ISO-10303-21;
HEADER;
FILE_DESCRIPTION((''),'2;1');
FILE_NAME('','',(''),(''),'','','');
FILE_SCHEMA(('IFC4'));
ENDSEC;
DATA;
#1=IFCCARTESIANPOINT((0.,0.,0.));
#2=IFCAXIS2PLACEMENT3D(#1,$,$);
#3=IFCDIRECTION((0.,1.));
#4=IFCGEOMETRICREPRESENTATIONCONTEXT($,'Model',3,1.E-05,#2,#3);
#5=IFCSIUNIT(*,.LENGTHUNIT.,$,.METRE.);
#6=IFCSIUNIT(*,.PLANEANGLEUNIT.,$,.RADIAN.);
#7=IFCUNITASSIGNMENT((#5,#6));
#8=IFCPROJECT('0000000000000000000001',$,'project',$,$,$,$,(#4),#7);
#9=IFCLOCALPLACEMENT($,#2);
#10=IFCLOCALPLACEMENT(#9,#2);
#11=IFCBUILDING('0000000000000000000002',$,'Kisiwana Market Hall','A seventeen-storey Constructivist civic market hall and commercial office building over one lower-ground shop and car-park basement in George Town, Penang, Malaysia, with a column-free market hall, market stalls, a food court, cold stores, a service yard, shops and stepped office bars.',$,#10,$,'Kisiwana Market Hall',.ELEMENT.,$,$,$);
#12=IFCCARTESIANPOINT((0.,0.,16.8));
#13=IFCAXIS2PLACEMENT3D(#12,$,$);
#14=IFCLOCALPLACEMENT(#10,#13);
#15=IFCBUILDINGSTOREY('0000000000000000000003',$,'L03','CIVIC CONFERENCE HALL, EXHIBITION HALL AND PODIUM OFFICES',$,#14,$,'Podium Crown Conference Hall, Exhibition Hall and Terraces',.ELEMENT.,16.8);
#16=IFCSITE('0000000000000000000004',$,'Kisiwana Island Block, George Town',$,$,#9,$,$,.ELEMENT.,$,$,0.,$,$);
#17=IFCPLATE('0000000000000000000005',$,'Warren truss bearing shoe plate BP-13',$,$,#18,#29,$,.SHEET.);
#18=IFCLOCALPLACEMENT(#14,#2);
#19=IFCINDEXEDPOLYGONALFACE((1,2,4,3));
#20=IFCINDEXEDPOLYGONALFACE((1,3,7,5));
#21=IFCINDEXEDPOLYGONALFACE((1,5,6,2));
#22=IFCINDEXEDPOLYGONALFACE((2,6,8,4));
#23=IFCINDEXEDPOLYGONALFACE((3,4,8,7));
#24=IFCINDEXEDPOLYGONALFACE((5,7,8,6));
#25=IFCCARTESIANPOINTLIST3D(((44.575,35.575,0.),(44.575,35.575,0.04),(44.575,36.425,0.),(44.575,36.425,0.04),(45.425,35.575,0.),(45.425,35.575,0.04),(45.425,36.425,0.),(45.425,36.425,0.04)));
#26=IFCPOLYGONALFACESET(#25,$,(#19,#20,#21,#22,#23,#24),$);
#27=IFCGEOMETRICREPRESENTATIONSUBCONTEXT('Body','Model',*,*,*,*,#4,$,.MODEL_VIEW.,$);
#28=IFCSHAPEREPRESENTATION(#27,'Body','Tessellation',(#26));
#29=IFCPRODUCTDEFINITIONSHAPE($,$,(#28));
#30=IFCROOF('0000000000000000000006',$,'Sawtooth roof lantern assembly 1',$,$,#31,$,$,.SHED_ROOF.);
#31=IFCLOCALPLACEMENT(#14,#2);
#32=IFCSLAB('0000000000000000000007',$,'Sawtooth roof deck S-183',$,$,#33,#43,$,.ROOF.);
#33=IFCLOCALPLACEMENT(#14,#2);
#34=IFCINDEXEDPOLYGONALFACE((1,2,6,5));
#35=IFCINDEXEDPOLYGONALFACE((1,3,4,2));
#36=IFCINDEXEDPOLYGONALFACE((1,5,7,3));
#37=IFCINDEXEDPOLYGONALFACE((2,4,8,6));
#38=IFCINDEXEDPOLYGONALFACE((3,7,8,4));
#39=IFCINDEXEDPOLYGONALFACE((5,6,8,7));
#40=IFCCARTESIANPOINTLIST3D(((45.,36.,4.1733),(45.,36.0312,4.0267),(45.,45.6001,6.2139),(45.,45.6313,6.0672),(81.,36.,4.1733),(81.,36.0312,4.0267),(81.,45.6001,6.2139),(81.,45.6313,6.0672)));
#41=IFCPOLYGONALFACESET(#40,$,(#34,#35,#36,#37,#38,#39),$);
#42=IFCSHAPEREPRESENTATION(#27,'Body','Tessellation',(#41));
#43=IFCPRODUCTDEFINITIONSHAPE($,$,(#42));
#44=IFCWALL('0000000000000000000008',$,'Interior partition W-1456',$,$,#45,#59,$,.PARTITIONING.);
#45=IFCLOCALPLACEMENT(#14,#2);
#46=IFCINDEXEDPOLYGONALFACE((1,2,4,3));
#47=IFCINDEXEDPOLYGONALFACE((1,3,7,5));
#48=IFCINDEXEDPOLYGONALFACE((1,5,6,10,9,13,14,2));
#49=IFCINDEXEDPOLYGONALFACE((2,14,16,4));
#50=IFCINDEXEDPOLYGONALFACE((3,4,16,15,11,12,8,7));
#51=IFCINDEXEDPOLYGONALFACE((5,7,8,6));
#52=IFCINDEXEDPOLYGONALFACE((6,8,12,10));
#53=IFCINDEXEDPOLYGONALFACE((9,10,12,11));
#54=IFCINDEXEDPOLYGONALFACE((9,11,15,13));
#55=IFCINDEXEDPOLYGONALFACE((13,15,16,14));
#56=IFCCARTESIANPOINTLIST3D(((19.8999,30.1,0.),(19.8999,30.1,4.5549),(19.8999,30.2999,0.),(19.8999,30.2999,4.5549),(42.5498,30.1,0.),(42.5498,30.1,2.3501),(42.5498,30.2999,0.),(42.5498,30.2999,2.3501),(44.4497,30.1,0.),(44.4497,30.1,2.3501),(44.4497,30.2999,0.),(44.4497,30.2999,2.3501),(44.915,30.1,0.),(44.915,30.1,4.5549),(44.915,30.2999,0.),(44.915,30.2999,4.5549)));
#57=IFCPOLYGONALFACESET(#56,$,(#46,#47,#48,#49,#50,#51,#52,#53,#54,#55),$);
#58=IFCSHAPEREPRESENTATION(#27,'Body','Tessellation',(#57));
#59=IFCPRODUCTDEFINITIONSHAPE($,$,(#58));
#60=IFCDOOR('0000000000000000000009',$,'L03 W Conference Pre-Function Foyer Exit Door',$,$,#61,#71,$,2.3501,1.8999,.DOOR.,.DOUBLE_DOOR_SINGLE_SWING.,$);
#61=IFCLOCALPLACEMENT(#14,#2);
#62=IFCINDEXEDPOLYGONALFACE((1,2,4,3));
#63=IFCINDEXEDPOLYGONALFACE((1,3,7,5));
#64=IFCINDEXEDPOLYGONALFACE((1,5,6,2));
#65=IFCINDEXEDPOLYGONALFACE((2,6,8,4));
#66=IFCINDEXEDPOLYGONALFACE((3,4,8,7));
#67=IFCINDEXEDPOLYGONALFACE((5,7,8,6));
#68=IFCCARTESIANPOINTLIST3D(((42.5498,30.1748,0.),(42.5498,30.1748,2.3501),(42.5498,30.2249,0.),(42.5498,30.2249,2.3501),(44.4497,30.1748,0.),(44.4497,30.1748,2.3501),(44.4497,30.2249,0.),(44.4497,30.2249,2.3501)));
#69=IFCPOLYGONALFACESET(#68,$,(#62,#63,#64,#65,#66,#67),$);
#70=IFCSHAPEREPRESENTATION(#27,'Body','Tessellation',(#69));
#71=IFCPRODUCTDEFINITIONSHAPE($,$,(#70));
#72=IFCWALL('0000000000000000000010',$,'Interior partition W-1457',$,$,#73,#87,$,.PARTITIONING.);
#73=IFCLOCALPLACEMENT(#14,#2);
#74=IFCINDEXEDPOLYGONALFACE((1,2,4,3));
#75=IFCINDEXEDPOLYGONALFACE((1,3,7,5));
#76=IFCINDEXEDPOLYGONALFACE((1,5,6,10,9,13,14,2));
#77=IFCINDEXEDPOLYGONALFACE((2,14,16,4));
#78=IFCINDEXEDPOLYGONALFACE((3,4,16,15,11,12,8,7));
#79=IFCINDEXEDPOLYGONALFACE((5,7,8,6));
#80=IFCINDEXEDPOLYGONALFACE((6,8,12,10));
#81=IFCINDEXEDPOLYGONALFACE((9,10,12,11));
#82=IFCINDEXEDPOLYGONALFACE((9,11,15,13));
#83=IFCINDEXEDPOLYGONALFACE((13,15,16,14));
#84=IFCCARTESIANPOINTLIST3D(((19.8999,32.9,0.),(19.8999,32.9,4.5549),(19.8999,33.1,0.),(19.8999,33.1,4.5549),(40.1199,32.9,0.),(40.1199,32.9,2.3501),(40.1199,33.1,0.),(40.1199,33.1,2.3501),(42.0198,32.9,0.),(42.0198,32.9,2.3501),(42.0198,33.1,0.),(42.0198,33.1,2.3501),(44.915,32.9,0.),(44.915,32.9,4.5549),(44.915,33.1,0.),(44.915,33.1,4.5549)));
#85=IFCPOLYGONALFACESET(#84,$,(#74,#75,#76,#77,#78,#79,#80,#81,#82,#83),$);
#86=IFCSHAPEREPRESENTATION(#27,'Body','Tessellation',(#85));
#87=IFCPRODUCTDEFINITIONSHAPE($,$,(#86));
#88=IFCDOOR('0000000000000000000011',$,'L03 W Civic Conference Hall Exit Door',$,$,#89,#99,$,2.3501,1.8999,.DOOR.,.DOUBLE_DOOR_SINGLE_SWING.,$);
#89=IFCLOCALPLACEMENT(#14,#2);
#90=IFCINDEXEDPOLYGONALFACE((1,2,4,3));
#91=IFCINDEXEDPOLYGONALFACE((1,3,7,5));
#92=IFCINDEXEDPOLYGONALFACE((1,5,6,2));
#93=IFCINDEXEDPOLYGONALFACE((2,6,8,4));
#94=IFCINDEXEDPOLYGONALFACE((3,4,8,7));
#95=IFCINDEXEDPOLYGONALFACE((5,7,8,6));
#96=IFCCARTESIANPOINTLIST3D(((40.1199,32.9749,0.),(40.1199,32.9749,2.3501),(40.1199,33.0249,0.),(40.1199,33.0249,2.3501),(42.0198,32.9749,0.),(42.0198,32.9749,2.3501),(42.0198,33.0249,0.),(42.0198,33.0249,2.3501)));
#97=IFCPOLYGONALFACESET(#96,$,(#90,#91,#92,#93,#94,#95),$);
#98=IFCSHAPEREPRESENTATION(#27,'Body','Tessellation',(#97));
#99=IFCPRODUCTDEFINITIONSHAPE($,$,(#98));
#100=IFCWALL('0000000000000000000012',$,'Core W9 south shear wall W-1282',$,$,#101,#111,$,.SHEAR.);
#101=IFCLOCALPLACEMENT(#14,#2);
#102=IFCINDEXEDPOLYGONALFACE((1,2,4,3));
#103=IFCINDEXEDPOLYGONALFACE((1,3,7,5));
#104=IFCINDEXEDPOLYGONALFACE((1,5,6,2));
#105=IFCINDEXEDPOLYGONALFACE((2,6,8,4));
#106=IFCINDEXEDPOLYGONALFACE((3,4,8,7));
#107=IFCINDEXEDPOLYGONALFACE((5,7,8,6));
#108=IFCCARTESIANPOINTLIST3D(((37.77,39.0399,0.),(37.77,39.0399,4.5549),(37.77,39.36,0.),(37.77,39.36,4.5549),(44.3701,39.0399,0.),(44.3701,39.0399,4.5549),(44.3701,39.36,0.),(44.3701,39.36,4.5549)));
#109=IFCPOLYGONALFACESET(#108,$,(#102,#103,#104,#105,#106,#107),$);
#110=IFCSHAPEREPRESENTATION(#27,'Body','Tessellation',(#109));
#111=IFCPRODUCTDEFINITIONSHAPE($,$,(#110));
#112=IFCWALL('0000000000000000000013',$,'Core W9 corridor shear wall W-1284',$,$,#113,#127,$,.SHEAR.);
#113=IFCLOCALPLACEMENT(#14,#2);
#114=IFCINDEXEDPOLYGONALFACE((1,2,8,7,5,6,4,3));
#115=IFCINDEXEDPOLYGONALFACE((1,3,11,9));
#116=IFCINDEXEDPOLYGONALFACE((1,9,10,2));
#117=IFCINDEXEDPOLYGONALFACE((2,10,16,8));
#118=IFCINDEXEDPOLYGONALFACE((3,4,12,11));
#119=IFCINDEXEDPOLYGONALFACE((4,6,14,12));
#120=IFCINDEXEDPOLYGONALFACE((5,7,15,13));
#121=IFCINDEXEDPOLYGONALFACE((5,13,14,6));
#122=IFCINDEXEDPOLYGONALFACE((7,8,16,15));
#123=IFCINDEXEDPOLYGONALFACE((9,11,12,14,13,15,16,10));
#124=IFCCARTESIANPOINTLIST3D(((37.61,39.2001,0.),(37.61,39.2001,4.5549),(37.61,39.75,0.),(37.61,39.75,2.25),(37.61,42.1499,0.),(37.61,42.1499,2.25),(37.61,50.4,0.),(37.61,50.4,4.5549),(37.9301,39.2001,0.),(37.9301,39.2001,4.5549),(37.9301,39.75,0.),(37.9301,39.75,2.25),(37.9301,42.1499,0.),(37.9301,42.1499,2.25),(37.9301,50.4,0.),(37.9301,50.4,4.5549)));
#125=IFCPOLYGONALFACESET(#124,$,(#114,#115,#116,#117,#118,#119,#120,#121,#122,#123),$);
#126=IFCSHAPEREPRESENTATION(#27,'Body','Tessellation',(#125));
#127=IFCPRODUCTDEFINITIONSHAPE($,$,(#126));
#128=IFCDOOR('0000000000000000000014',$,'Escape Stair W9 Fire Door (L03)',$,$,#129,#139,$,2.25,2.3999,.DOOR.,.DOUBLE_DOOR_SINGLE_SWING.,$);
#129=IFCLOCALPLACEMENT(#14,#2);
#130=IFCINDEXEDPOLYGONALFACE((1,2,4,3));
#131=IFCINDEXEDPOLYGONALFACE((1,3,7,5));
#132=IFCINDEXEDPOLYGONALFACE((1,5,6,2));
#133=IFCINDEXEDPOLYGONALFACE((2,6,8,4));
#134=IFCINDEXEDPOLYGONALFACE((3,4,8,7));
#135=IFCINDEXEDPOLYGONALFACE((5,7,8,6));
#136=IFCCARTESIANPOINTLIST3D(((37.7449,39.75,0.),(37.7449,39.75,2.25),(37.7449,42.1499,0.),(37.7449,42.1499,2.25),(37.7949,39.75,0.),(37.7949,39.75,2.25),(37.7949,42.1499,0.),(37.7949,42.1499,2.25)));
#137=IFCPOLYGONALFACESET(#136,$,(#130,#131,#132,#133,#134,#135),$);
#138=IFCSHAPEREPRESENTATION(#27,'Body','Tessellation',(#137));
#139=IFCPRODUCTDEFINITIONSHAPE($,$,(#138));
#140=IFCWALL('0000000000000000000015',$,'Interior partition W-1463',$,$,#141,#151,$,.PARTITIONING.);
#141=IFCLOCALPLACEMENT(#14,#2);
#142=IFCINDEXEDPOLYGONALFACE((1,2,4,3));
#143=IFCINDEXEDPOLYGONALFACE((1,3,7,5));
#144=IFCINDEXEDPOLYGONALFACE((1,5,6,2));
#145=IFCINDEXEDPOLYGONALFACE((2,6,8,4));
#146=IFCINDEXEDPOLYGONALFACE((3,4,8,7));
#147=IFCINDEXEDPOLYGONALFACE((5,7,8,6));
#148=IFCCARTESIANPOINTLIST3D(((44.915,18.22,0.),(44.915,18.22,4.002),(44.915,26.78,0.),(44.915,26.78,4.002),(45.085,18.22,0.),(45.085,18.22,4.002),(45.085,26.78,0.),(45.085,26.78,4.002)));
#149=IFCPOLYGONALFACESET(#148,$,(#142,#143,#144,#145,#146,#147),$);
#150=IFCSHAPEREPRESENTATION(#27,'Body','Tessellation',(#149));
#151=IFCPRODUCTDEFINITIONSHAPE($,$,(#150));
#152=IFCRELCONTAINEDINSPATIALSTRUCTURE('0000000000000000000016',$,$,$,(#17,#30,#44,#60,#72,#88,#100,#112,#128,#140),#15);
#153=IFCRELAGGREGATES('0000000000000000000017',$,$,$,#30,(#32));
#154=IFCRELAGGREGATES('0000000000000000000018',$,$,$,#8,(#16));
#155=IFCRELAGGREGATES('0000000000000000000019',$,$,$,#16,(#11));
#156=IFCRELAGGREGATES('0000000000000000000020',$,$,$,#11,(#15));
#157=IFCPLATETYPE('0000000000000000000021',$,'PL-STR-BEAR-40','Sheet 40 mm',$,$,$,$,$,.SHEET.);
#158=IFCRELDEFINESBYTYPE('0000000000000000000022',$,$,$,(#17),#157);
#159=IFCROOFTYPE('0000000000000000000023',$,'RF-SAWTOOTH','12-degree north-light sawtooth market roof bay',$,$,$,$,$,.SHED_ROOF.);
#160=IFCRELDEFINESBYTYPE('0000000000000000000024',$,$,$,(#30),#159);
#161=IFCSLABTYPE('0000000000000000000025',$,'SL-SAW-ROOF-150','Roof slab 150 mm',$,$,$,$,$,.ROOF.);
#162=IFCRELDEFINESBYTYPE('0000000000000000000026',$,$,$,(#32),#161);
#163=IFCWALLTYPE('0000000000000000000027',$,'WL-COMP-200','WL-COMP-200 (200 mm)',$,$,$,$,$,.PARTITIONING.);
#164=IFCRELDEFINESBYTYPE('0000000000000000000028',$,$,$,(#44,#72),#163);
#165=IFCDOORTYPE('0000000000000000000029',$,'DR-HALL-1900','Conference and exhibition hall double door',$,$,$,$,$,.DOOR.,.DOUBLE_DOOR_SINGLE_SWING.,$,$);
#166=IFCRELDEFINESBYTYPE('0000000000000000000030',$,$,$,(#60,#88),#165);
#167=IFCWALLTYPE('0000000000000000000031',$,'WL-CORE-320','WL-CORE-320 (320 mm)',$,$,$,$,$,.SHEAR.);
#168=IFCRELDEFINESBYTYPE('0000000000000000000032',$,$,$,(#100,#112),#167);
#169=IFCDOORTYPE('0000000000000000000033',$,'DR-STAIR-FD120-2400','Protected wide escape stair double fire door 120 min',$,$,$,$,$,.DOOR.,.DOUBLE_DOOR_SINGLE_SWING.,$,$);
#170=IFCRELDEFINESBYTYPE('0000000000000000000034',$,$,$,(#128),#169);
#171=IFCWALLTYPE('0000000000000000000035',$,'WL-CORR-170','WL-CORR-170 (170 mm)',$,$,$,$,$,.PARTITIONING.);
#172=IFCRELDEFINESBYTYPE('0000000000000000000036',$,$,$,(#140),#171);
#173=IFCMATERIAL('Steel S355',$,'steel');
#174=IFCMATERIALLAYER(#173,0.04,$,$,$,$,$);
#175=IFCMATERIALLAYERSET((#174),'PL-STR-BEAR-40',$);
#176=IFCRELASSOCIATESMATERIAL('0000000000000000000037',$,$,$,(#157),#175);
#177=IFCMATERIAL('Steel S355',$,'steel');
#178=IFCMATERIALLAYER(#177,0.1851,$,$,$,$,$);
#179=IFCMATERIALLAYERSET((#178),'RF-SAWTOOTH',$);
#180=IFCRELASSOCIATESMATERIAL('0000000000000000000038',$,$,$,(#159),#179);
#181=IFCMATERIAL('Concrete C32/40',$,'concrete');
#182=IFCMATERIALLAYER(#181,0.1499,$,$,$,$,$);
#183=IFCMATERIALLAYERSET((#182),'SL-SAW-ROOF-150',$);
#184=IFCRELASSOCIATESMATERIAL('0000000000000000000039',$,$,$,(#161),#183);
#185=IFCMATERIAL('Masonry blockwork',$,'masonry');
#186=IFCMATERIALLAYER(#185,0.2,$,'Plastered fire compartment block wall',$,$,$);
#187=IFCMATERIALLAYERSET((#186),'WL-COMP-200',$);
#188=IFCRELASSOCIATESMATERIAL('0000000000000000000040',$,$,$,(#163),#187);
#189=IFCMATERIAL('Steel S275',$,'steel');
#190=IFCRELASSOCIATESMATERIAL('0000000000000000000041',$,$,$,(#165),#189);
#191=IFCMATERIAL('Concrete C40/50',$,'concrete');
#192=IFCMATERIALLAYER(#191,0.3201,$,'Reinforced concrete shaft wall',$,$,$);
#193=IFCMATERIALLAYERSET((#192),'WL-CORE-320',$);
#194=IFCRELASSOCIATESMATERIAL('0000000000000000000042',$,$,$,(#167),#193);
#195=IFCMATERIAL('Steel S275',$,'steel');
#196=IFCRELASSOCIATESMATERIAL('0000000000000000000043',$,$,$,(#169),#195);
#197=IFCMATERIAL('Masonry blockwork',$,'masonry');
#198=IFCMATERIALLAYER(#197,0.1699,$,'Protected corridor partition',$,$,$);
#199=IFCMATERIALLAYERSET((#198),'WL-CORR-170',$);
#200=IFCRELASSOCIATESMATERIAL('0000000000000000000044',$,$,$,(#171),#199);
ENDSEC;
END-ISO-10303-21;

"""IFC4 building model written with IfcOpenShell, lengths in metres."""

from ifc_helpers import new_model, si_unit, direction, frame, frame_2d, origin, origin_2d, place, context, subcontext, project, spatial, polyline, rectangle, outline, extrude, material, layer, layer_set, type_object, element, fill, aggregate, save


model = new_model("IFC4")

# Units and contexts
model_context = context("Model", 3, precision=1e-05, world=origin(), true_north=direction((0.0, 1.0)))
body_context = subcontext(model_context, "Body", "Model", "MODEL_VIEW")
ifc_project = project(units=[si_unit("LENGTHUNIT", "METRE"), si_unit("PLANEANGLEUNIT", "RADIAN")], contexts=[model_context])

# Site, building, storey
site_placement = place(None, origin())
site = spatial("IfcSite", under=ifc_project, at=site_placement, Name="Kisiwana Island Block, George Town", CompositionType="ELEMENT", RefElevation=0.0)
building_placement = place(site_placement, origin())
building = spatial("IfcBuilding", under=site, at=building_placement, Name="Kisiwana Market Hall", Description="A seventeen-storey Constructivist civic market hall and commercial office building over one lower-ground shop and car-park basement in George Town, Penang, Malaysia, with a column-free market hall, market stalls, a food court, cold stores, a service yard, shops and stepped office bars.", LongName="Kisiwana Market Hall", CompositionType="ELEMENT")
storey_placement = place(building_placement, frame((0.0, 0.0, 16.8)))
storey = spatial("IfcBuildingStorey", under=building, at=storey_placement, Name="L03", Description="CIVIC CONFERENCE HALL, EXHIBITION HALL AND PODIUM OFFICES", LongName="Podium Crown Conference Hall, Exhibition Hall and Terraces", CompositionType="ELEMENT", Elevation=16.8)

# Plate
ifc_material_1 = material(Name="Steel S355", Category="steel")
ifc_layer_1 = layer(ifc_material_1, 0.04)
ifc_layer_set_1 = layer_set([ifc_layer_1], Name="PL-STR-BEAR-40")
plate_type = type_object("IfcPlateType", Name="PL-STR-BEAR-40", Description="Sheet 40 mm", PredefinedType="SHEET", material=ifc_layer_set_1)
plate_placement = place(storey_placement, frame((45.0, 36.0, 0.0), z_axis=(0.0, 0.0, 1.0), x_axis=(1.0, 0.0, 0.0)))
element("IfcPlate", 1, at=plate_placement, inside=storey, type_object=plate_type, Name="Warren truss bearing shoe plate BP-13", PredefinedType="SHEET", context=body_context, shape_type="SweptSolid", body=[
    extrude(rectangle(XDim=0.8501, YDim=0.8501, at=origin_2d()), origin(), (0.0, 0.0, 1.0), 0.04),
])

# Roof, slab
ifc_material_2 = material(Name="Steel S355", Category="steel")
ifc_layer_2 = layer(ifc_material_2, 0.1851)
ifc_layer_set_2 = layer_set([ifc_layer_2], Name="RF-SAWTOOTH")
roof_type = type_object("IfcRoofType", Name="RF-SAWTOOTH", Description="12-degree north-light sawtooth market roof bay", PredefinedType="SHED_ROOF", material=ifc_layer_set_2)
roof_placement = place(storey_placement, origin())
roof = element("IfcRoof", 2, at=roof_placement, inside=storey, type_object=roof_type, Name="Sawtooth roof lantern assembly 1", PredefinedType="SHED_ROOF")
ifc_material_3 = material(Name="Concrete C32/40", Category="concrete")
ifc_layer_3 = layer(ifc_material_3, 0.1499)
ifc_layer_set_3 = layer_set([ifc_layer_3], Name="SL-SAW-ROOF-150")
slab_type = type_object("IfcSlabType", Name="SL-SAW-ROOF-150", Description="Roof slab 150 mm", PredefinedType="ROOF", material=ifc_layer_set_3)
slab_placement = place(storey_placement, frame((45.0, 36.0, 4.1733), z_axis=(0.0, -0.207908, 0.978148), x_axis=(1.0, 0.0, 0.0)))
slab = element("IfcSlab", 3, at=slab_placement, type_object=slab_type, Name="Sawtooth roof deck S-183", PredefinedType="ROOF", context=body_context, shape_type="SweptSolid", body=[
    extrude(outline(polyline([(0.0, 0.0), (36.0, 0.0), (36.0, 9.8146), (0.0, 9.8146), (0.0, 0.0)])), origin(), (0.0, 0.0, -1.0), 0.1499),
])
aggregate(roof, [slab])

# Walls, openings, doors
ifc_material_4 = material(Name="Masonry blockwork", Category="masonry")
ifc_layer_4 = layer(ifc_material_4, 0.2, Name="Plastered fire compartment block wall")
ifc_layer_set_4 = layer_set([ifc_layer_4], Name="WL-COMP-200")
wall_type_1 = type_object("IfcWallType", Name="WL-COMP-200", Description="WL-COMP-200 (200 mm)", PredefinedType="PARTITIONING", material=ifc_layer_set_4)
wall_1_placement = place(storey_placement, frame((19.8999, 30.2, 0.0), z_axis=(0.0, 0.0, 1.0), x_axis=(1.0, 0.0, 0.0)))
wall_1 = element("IfcWall", 4, at=wall_1_placement, inside=storey, type_object=wall_type_1, Name="Interior partition W-1456", PredefinedType="PARTITIONING", context=body_context, shape_type="SweptSolid", body=[
    extrude(rectangle(XDim=25.0151, YDim=0.2, at=frame_2d((12.5076, 0.0))), origin(), (0.0, 0.0, 1.0), 4.5549),
])
opening_1_placement = place(wall_1_placement, frame((22.6499, 0.0, 0.0)))
opening_1 = element("IfcOpeningElement", 5, at=opening_1_placement, cuts=wall_1, PredefinedType="OPENING", context=body_context, shape_type="SweptSolid", body=[
    extrude(rectangle(XDim=1.8999, YDim=2.3501, at=frame_2d((0.95, 1.175))), frame((0.0, 0.1118, 0.0), z_axis=(0.0, -1.0, 0.0), x_axis=(1.0, 0.0, 0.0)), (0.0, 0.0, 1.0), 0.2239),
])
ifc_material_5 = material(Name="Steel S275", Category="steel")
door_type_1 = type_object("IfcDoorType", Name="DR-HALL-1900", Description="Conference and exhibition hall double door", OperationType="DOUBLE_DOOR_SINGLE_SWING", PredefinedType="DOOR", material=ifc_material_5)
door_1_placement = place(opening_1_placement, origin())
door_1 = element("IfcDoor", 6, at=door_1_placement, inside=storey, type_object=door_type_1, Name="L03 W Conference Pre-Function Foyer Exit Door", OperationType="DOUBLE_DOOR_SINGLE_SWING", OverallHeight=2.3501, OverallWidth=1.8999, PredefinedType="DOOR", context=body_context, shape_type="SweptSolid", body=[
    extrude(rectangle(XDim=1.8999, YDim=2.3501, at=frame_2d((0.95, 1.175))), frame((0.0, 0.0249, 0.0), z_axis=(0.0, -1.0, 0.0), x_axis=(1.0, 0.0, 0.0)), (0.0, 0.0, 1.0), 0.05),
])
fill(opening_1, door_1)
wall_2_placement = place(storey_placement, frame((19.8999, 33.0, 0.0), z_axis=(0.0, 0.0, 1.0), x_axis=(1.0, 0.0, 0.0)))
wall_2 = element("IfcWall", 7, at=wall_2_placement, inside=storey, type_object=wall_type_1, Name="Interior partition W-1457", PredefinedType="PARTITIONING", context=body_context, shape_type="SweptSolid", body=[
    extrude(rectangle(XDim=25.0151, YDim=0.2, at=frame_2d((12.5076, 0.0))), origin(), (0.0, 0.0, 1.0), 4.5549),
])
opening_2_placement = place(wall_2_placement, frame((20.22, 0.0, 0.0)))
opening_2 = element("IfcOpeningElement", 8, at=opening_2_placement, cuts=wall_2, PredefinedType="OPENING", context=body_context, shape_type="SweptSolid", body=[
    extrude(rectangle(XDim=1.8999, YDim=2.3501, at=frame_2d((0.95, 1.175))), frame((0.0, 0.1118, 0.0), z_axis=(0.0, -1.0, 0.0), x_axis=(1.0, 0.0, 0.0)), (0.0, 0.0, 1.0), 0.2239),
])
door_2_placement = place(opening_2_placement, origin())
door_2 = element("IfcDoor", 9, at=door_2_placement, inside=storey, type_object=door_type_1, Name="L03 W Civic Conference Hall Exit Door", OperationType="DOUBLE_DOOR_SINGLE_SWING", OverallHeight=2.3501, OverallWidth=1.8999, PredefinedType="DOOR", context=body_context, shape_type="SweptSolid", body=[
    extrude(rectangle(XDim=1.8999, YDim=2.3501, at=frame_2d((0.95, 1.175))), frame((0.0, 0.0249, 0.0), z_axis=(0.0, -1.0, 0.0), x_axis=(1.0, 0.0, 0.0)), (0.0, 0.0, 1.0), 0.05),
])
fill(opening_2, door_2)

# Wall
ifc_material_6 = material(Name="Concrete C40/50", Category="concrete")
ifc_layer_5 = layer(ifc_material_6, 0.3201, Name="Reinforced concrete shaft wall")
ifc_layer_set_5 = layer_set([ifc_layer_5], Name="WL-CORE-320")
wall_type_2 = type_object("IfcWallType", Name="WL-CORE-320", Description="WL-CORE-320 (320 mm)", PredefinedType="SHEAR", material=ifc_layer_set_5)
wall_3_placement = place(storey_placement, frame((37.77, 39.2, 0.0), z_axis=(0.0, 0.0, 1.0), x_axis=(1.0, 0.0, 0.0)))
element("IfcWall", 10, at=wall_3_placement, inside=storey, type_object=wall_type_2, Name="Core W9 south shear wall W-1282", PredefinedType="SHEAR", context=body_context, shape_type="SweptSolid", body=[
    extrude(rectangle(XDim=6.6001, YDim=0.3201, at=frame_2d((3.3, 0.0))), origin(), (0.0, 0.0, 1.0), 4.5549),
])

# Wall, opening, door
wall_4_placement = place(storey_placement, frame((37.77, 39.2, 0.0), z_axis=(0.0, 0.0, 1.0), x_axis=(0.0, 1.0, 0.0)))
wall_4 = element("IfcWall", 11, at=wall_4_placement, inside=storey, type_object=wall_type_2, Name="Core W9 corridor shear wall W-1284", PredefinedType="SHEAR", context=body_context, shape_type="SweptSolid", body=[
    extrude(rectangle(XDim=11.2, YDim=0.3201, at=frame_2d((5.6001, 0.0))), origin(), (0.0, 0.0, 1.0), 4.5549),
])
opening_3_placement = place(wall_4_placement, frame((0.55, 0.0, 0.0)))
opening_3 = element("IfcOpeningElement", 12, at=opening_3_placement, cuts=wall_4, PredefinedType="OPENING", context=body_context, shape_type="SweptSolid", body=[
    extrude(rectangle(XDim=2.3999, YDim=2.25, at=frame_2d((1.2, 1.125))), frame((0.0, 0.1719, 0.0), z_axis=(0.0, -1.0, 0.0), x_axis=(1.0, 0.0, 0.0)), (0.0, 0.0, 1.0), 0.344),
])
ifc_material_7 = material(Name="Steel S275", Category="steel")
door_type_2 = type_object("IfcDoorType", Name="DR-STAIR-FD120-2400", Description="Protected wide escape stair double fire door 120 min", OperationType="DOUBLE_DOOR_SINGLE_SWING", PredefinedType="DOOR", material=ifc_material_7)
door_3_placement = place(opening_3_placement, frame((2.3999, 0.0, 0.0), z_axis=(0.0, 0.0, 1.0), x_axis=(-1.0, 0.0, 0.0)))
door_3 = element("IfcDoor", 13, at=door_3_placement, inside=storey, type_object=door_type_2, Name="Escape Stair W9 Fire Door (L03)", OperationType="DOUBLE_DOOR_SINGLE_SWING", OverallHeight=2.25, OverallWidth=2.3999, PredefinedType="DOOR", context=body_context, shape_type="SweptSolid", body=[
    extrude(rectangle(XDim=2.3999, YDim=2.25, at=frame_2d((1.2, 1.125))), frame((0.0, 0.0249, 0.0), z_axis=(0.0, -1.0, 0.0), x_axis=(1.0, 0.0, 0.0)), (0.0, 0.0, 1.0), 0.05),
])
fill(opening_3, door_3)

# Wall
ifc_material_8 = material(Name="Masonry blockwork", Category="masonry")
ifc_layer_6 = layer(ifc_material_8, 0.1699, Name="Protected corridor partition")
ifc_layer_set_6 = layer_set([ifc_layer_6], Name="WL-CORR-170")
wall_type_3 = type_object("IfcWallType", Name="WL-CORR-170", Description="WL-CORR-170 (170 mm)", PredefinedType="PARTITIONING", material=ifc_layer_set_6)
wall_5_placement = place(storey_placement, frame((45.0, 18.22, 0.0), z_axis=(0.0, 0.0, 1.0), x_axis=(0.0, 1.0, 0.0)))
element("IfcWall", 14, at=wall_5_placement, inside=storey, type_object=wall_type_3, Name="Interior partition W-1463", PredefinedType="PARTITIONING", context=body_context, shape_type="SweptSolid", body=[
    extrude(rectangle(XDim=8.5601, YDim=0.1699, at=frame_2d((4.28, 0.0))), origin(), (0.0, 0.0, 1.0), 4.002),
])

save(model, "model.ifc")
